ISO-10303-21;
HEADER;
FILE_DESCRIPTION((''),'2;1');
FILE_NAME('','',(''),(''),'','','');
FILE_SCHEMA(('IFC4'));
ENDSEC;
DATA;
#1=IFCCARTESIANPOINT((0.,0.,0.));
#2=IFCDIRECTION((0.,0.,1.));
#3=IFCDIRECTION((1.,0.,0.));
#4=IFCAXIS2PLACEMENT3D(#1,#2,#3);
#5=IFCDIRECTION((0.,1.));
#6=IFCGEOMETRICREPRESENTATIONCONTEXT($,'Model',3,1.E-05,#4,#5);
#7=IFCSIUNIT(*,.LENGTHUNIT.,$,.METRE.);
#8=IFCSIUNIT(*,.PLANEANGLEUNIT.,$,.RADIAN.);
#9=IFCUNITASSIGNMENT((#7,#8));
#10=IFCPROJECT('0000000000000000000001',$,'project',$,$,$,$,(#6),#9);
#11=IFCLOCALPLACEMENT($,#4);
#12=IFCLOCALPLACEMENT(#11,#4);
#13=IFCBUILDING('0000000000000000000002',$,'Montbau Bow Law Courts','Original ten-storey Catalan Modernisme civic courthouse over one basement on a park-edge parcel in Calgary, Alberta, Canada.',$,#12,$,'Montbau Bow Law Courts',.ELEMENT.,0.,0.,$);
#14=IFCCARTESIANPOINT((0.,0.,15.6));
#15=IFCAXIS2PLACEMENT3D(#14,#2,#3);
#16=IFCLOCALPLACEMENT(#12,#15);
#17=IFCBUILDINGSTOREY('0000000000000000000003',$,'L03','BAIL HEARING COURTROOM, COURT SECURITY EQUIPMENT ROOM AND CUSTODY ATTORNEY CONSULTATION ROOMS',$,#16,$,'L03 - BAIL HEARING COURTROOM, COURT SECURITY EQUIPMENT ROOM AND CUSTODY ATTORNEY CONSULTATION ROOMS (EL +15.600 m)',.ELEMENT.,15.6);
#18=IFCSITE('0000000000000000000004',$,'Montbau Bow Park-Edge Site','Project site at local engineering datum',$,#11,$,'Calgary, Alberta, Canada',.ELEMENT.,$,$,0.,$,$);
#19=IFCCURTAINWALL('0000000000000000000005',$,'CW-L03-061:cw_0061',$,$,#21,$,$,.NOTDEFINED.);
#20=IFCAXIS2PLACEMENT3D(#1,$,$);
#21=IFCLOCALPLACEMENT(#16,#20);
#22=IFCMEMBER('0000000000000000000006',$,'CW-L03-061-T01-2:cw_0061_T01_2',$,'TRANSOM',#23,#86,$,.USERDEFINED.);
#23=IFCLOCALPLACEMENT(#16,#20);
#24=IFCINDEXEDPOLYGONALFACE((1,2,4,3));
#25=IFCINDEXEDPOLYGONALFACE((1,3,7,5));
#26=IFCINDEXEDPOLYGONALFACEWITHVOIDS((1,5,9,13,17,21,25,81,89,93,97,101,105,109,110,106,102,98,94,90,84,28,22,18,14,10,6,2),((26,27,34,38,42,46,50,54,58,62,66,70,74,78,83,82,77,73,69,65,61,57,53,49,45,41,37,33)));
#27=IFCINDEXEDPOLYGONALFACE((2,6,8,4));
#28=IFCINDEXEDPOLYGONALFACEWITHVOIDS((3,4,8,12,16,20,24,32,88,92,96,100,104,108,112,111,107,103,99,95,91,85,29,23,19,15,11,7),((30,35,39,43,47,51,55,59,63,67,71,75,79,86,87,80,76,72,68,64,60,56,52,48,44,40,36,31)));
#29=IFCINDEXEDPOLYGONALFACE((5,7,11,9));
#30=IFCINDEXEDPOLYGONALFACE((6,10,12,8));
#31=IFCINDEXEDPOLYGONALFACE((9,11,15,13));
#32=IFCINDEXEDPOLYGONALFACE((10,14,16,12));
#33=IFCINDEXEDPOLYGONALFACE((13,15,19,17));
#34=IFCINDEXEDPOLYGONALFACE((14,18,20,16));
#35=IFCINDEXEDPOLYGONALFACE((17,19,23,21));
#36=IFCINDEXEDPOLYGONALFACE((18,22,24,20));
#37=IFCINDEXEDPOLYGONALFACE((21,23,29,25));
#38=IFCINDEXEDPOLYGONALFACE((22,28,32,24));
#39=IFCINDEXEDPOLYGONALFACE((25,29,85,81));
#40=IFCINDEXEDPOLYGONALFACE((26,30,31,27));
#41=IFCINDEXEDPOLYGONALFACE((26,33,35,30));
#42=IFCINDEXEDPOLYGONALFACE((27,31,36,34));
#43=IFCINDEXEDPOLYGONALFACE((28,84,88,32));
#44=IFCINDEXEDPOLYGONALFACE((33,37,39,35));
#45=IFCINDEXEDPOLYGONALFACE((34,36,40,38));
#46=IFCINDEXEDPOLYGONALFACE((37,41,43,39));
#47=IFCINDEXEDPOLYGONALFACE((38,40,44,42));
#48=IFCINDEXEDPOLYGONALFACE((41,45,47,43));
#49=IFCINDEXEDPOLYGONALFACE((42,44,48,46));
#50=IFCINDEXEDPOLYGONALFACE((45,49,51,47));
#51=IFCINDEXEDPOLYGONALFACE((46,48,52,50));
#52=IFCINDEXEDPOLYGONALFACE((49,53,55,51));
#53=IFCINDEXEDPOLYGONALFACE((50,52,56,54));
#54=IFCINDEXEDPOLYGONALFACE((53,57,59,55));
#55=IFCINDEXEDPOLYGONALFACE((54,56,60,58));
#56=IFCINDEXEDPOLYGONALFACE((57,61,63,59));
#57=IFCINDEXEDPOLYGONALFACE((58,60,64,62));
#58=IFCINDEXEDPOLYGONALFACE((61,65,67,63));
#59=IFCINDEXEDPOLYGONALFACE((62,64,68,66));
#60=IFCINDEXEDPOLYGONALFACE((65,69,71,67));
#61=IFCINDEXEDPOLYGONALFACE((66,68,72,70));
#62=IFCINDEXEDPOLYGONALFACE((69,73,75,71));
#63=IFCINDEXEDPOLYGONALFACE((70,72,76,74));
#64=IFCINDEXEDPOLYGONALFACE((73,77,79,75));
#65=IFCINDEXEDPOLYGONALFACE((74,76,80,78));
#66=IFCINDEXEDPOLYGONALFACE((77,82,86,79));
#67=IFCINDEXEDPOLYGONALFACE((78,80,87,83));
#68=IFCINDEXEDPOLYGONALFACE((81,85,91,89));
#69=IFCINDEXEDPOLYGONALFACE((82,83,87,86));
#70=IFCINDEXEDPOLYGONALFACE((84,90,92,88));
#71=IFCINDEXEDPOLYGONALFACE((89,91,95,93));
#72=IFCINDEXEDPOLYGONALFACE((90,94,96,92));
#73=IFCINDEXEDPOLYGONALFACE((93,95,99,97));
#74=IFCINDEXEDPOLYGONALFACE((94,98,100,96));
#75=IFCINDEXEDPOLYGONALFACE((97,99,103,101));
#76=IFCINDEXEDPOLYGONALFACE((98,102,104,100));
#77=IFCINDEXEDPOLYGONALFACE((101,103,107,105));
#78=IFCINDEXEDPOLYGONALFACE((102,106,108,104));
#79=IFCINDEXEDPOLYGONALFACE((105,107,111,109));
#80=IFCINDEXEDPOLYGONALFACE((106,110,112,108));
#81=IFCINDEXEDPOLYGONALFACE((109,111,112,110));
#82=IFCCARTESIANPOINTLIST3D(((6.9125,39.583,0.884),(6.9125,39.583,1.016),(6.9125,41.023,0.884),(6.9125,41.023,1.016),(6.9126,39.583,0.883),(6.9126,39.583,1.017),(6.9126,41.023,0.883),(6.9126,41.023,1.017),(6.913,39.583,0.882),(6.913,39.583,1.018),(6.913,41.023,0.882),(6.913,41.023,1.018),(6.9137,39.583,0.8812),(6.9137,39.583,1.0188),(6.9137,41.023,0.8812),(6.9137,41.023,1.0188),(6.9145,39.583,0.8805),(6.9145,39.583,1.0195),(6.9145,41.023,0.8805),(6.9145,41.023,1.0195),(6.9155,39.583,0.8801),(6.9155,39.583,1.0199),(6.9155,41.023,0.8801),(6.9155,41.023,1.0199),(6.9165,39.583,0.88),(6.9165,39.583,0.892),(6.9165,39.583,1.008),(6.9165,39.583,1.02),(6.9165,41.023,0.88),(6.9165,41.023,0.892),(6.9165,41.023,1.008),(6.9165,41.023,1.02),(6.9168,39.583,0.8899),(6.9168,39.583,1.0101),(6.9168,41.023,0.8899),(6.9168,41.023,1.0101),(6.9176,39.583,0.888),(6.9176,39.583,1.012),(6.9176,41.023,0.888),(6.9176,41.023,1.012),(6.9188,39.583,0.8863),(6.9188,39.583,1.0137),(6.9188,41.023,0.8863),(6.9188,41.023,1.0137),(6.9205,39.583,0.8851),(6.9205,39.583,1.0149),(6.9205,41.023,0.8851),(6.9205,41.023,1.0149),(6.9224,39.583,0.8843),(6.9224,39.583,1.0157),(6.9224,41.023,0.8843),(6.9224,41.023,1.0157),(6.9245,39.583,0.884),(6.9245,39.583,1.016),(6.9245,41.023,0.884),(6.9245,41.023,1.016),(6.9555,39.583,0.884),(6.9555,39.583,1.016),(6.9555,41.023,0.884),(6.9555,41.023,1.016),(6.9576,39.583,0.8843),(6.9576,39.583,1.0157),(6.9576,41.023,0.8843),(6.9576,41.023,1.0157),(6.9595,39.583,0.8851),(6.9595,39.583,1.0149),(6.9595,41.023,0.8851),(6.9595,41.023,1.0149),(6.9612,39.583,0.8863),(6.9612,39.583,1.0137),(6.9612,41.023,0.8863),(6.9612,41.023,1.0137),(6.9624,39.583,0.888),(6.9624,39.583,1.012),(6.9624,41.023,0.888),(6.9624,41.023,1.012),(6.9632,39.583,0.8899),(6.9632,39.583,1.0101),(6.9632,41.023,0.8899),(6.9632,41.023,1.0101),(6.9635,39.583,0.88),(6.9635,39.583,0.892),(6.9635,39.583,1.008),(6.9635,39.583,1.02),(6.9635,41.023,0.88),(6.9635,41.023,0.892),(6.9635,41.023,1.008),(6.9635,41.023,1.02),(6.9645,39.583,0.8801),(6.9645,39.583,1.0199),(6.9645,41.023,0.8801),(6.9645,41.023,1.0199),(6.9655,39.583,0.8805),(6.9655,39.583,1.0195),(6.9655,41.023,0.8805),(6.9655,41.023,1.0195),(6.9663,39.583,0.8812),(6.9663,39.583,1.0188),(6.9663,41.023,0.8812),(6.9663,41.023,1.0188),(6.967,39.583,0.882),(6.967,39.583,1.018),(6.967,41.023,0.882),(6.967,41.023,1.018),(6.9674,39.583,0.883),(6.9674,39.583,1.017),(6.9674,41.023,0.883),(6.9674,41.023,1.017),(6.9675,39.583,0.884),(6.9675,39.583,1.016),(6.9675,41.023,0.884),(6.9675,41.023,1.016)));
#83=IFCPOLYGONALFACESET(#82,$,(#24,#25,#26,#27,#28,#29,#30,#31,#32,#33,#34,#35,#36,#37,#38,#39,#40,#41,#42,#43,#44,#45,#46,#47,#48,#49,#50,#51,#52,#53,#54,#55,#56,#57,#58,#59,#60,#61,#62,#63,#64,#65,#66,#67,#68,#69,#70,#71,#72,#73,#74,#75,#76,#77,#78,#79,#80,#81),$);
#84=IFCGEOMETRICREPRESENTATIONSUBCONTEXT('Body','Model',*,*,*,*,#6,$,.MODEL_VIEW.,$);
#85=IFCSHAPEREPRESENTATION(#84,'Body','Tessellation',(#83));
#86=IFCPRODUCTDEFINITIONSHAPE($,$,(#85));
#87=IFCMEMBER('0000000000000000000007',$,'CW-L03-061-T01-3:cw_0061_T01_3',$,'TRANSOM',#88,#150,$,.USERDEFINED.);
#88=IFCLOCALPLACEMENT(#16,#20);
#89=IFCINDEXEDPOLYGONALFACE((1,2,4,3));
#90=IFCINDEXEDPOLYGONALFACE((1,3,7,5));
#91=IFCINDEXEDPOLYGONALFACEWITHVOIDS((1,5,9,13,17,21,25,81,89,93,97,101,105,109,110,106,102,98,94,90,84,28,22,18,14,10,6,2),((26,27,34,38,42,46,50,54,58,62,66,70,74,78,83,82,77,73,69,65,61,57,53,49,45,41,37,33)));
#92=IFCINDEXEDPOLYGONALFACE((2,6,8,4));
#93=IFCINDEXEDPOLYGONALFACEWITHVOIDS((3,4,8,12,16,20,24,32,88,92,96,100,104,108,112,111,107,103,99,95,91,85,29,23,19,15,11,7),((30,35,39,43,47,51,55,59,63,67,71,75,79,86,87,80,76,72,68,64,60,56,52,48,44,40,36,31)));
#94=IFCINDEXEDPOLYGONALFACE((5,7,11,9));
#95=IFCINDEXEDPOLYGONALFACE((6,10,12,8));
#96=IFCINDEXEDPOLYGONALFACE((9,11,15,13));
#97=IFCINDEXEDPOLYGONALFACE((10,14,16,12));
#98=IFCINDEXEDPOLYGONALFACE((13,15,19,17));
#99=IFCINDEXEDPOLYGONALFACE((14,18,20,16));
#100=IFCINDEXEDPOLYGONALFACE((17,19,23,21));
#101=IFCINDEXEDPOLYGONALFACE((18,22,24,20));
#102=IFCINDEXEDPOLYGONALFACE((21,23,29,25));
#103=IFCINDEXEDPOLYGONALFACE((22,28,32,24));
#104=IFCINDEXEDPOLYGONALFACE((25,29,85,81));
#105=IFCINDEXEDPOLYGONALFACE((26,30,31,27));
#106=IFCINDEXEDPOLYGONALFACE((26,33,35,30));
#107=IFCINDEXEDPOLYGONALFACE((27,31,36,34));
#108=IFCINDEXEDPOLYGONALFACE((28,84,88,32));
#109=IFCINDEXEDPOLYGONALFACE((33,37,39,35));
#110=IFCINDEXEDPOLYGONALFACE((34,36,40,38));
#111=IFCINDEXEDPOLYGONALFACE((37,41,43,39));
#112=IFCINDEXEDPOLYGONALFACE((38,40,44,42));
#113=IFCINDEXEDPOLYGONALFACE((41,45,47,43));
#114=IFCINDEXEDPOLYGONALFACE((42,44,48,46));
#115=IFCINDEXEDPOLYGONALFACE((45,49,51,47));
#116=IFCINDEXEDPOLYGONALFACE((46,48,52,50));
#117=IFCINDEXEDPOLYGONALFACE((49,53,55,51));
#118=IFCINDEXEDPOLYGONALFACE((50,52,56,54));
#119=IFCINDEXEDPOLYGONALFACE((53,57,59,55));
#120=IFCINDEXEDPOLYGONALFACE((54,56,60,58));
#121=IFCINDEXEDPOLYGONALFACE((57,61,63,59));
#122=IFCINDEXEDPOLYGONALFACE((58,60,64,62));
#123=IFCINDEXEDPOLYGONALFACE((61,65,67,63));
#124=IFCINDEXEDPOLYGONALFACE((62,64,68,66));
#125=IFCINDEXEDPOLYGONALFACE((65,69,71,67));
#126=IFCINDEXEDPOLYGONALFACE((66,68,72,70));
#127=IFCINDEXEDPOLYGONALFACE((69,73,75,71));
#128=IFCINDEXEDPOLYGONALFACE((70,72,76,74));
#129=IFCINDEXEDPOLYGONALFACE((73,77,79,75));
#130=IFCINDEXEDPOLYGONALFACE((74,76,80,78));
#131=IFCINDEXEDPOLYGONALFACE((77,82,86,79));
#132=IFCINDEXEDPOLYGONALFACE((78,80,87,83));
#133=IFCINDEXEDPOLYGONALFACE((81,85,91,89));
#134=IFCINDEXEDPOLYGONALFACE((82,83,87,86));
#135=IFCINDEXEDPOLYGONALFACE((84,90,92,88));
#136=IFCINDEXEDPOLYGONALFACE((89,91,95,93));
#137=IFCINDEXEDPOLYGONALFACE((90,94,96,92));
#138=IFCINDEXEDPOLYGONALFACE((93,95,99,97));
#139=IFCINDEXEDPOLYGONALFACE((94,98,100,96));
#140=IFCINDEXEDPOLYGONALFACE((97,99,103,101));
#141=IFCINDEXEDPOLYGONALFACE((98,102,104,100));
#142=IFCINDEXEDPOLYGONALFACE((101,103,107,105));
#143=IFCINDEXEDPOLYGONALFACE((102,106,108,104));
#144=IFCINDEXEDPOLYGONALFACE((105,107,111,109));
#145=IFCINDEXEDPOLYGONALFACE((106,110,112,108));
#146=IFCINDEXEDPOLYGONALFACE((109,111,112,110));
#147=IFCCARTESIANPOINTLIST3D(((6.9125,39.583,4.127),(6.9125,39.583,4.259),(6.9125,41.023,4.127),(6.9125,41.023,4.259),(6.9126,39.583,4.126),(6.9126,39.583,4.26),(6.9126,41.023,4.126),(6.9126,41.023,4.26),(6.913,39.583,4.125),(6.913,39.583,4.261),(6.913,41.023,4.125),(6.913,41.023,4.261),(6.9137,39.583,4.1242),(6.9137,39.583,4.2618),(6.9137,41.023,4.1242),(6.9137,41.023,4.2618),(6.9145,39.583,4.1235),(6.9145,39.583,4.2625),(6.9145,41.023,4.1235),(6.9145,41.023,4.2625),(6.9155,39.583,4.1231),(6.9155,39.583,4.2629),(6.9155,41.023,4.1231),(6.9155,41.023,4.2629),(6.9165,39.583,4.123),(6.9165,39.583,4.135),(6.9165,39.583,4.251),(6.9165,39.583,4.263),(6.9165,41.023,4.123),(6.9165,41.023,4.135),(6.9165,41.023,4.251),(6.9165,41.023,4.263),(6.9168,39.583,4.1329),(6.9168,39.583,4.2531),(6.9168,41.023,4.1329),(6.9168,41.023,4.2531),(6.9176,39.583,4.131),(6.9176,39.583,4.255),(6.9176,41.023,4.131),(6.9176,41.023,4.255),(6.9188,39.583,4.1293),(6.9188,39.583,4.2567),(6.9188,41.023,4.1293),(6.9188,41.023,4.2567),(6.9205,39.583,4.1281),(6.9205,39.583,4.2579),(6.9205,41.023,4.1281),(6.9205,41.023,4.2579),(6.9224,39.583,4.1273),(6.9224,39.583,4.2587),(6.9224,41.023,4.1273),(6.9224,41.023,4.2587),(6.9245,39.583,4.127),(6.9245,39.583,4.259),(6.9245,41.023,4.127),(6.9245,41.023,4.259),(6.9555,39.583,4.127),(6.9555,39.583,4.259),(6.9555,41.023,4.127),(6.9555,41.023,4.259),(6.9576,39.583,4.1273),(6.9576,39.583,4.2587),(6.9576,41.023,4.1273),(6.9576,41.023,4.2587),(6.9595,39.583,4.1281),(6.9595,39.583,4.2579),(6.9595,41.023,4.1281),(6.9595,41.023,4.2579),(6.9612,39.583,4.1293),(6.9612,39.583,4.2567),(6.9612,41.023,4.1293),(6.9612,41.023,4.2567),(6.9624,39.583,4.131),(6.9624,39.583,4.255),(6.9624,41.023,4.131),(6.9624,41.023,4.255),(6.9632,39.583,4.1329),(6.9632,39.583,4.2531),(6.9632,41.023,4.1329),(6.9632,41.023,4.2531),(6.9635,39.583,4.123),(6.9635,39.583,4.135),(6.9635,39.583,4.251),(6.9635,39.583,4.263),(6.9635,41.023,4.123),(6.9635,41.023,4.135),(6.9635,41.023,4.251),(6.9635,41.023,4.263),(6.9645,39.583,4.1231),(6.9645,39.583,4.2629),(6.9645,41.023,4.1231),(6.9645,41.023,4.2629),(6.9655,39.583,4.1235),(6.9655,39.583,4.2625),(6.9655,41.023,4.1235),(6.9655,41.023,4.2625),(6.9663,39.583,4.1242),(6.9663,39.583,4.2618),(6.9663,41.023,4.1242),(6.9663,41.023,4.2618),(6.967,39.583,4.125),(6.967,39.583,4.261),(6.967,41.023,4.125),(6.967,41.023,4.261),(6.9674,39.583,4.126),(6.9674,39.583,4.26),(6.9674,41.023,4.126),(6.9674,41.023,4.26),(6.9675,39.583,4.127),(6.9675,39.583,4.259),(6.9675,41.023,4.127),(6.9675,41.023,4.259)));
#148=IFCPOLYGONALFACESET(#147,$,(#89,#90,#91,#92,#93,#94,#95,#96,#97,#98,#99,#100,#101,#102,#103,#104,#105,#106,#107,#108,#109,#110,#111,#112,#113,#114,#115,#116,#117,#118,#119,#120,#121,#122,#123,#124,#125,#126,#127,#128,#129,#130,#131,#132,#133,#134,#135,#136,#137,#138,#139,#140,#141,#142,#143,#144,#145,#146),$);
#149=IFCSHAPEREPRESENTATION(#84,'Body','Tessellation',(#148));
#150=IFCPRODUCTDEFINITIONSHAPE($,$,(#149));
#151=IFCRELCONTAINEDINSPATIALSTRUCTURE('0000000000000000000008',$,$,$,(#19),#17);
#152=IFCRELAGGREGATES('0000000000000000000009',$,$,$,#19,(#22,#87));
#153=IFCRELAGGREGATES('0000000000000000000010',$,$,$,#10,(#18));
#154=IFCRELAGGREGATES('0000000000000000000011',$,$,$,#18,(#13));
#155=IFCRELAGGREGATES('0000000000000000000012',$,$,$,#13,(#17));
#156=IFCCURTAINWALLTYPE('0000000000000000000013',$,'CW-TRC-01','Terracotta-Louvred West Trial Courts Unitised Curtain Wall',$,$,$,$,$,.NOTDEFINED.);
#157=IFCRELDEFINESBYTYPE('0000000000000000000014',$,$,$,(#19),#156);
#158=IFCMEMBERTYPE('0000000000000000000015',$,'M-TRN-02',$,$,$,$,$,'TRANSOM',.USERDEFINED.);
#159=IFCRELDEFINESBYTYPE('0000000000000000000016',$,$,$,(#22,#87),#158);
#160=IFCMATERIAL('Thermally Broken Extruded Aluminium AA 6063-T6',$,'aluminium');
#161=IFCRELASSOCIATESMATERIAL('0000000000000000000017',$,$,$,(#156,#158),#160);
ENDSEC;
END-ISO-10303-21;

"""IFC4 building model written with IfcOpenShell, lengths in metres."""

from ifc_helpers import new_model, si_unit, direction, frame, origin_with_axes, origin_2d_with_axis, place, context, subcontext, project, spatial, hollow_rectangle, extrude, material, material_profile, profile_set, type_object, element, aggregate, save


model = new_model("IFC4")

# Units and contexts
model_context = context("Model", 3, precision=1e-05, world=origin_with_axes(), true_north=direction((0.0, 1.0)))
body_context = subcontext(model_context, "Body", "Model", "MODEL_VIEW")
ifc_project = project(units=[si_unit("LENGTHUNIT", "METRE"), si_unit("PLANEANGLEUNIT", "RADIAN")], contexts=[model_context])

# Site, building, storey
site_placement = place(None, origin_with_axes())
site = spatial("IfcSite", under=ifc_project, at=site_placement, Name="Montbau Bow Park-Edge Site", Description="Project site at local engineering datum", LongName="Calgary, Alberta, Canada", CompositionType="ELEMENT", RefElevation=0.0)
building_placement = place(site_placement, origin_with_axes())
building = spatial("IfcBuilding", under=site, at=building_placement, Name="Montbau Bow Law Courts", Description="Original ten-storey Catalan Modernisme civic courthouse over one basement on a park-edge parcel in Calgary, Alberta, Canada.", LongName="Montbau Bow Law Courts", CompositionType="ELEMENT", ElevationOfRefHeight=0.0, ElevationOfTerrain=0.0)
storey_placement = place(building_placement, frame((0.0, 0.0, 15.6), z_axis=(0.0, 0.0, 1.0), x_axis=(1.0, 0.0, 0.0)))
storey = spatial("IfcBuildingStorey", under=building, at=storey_placement, Name="L03", Description="BAIL HEARING COURTROOM, COURT SECURITY EQUIPMENT ROOM AND CUSTODY ATTORNEY CONSULTATION ROOMS", LongName="L03 - BAIL HEARING COURTROOM, COURT SECURITY EQUIPMENT ROOM AND CUSTODY ATTORNEY CONSULTATION ROOMS (EL +15.600 m)", CompositionType="ELEMENT", Elevation=15.6)

# Curtain wall, members
ifc_material_1 = material(Name="Thermally Broken Extruded Aluminium AA 6063-T6", Category="aluminium")
curtain_wall_type = type_object("IfcCurtainWallType", Name="CW-TRC-01", Description="Terracotta-Louvred West Trial Courts Unitised Curtain Wall", PredefinedType="NOTDEFINED", material=ifc_material_1)
curtain_wall_placement = place(None, frame((6.94, 39.515, 15.6), z_axis=(0.0, 0.0, 1.0), x_axis=(1.0, 0.0, 0.0)))
curtain_wall = element("IfcCurtainWall", 1, at=curtain_wall_placement, inside=storey, type_object=curtain_wall_type, Name="CW-L03-061:cw_0061", PredefinedType="NOTDEFINED")
ifc_material_profile_1 = material_profile(ifc_material_1, hollow_rectangle(XDim=0.055, YDim=0.14, WallThickness=0.004, InnerFilletRadius=0.008, OuterFilletRadius=0.004, at=origin_2d_with_axis()), Name="CWT-140X55", Category="Main", Priority=0)
ifc_profile_set_1 = profile_set([ifc_material_profile_1], Name="Thermally Broken Extruded Aluminium AA 6063-T6")
member_type_1 = type_object("IfcMemberType", Name="M-TRN-02", ElementType="TRANSOM", PredefinedType="USERDEFINED", material=ifc_profile_set_1)
member_1_placement = place(None, frame((6.94, 39.583, 16.55), z_axis=(0.0, 1.0, 0.0), x_axis=(-1.0, 0.0, 0.0)))
member_1 = element("IfcMember", 2, at=member_1_placement, type_object=member_type_1, Name="CW-L03-061-T01-2:cw_0061_T01_2", ObjectType="TRANSOM", PredefinedType="USERDEFINED", context=body_context, shape_type="SweptSolid", body=[
    extrude(hollow_rectangle(XDim=0.055, YDim=0.14, WallThickness=0.004, InnerFilletRadius=0.008, OuterFilletRadius=0.004, at=origin_2d_with_axis()), origin_with_axes(), (0.0, 0.0, 1.0), 1.44),
])
member_2_placement = place(None, frame((6.94, 39.583, 19.793), z_axis=(0.0, 1.0, 0.0), x_axis=(-1.0, 0.0, 0.0)))
member_2 = element("IfcMember", 3, at=member_2_placement, type_object=member_type_1, Name="CW-L03-061-T01-3:cw_0061_T01_3", ObjectType="TRANSOM", PredefinedType="USERDEFINED", context=body_context, shape_type="SweptSolid", body=[
    extrude(hollow_rectangle(XDim=0.055, YDim=0.14, WallThickness=0.004, InnerFilletRadius=0.008, OuterFilletRadius=0.004, at=origin_2d_with_axis()), origin_with_axes(), (0.0, 0.0, 1.0), 1.44),
])
aggregate(curtain_wall, [member_1, member_2])

save(model, "model.ifc")
